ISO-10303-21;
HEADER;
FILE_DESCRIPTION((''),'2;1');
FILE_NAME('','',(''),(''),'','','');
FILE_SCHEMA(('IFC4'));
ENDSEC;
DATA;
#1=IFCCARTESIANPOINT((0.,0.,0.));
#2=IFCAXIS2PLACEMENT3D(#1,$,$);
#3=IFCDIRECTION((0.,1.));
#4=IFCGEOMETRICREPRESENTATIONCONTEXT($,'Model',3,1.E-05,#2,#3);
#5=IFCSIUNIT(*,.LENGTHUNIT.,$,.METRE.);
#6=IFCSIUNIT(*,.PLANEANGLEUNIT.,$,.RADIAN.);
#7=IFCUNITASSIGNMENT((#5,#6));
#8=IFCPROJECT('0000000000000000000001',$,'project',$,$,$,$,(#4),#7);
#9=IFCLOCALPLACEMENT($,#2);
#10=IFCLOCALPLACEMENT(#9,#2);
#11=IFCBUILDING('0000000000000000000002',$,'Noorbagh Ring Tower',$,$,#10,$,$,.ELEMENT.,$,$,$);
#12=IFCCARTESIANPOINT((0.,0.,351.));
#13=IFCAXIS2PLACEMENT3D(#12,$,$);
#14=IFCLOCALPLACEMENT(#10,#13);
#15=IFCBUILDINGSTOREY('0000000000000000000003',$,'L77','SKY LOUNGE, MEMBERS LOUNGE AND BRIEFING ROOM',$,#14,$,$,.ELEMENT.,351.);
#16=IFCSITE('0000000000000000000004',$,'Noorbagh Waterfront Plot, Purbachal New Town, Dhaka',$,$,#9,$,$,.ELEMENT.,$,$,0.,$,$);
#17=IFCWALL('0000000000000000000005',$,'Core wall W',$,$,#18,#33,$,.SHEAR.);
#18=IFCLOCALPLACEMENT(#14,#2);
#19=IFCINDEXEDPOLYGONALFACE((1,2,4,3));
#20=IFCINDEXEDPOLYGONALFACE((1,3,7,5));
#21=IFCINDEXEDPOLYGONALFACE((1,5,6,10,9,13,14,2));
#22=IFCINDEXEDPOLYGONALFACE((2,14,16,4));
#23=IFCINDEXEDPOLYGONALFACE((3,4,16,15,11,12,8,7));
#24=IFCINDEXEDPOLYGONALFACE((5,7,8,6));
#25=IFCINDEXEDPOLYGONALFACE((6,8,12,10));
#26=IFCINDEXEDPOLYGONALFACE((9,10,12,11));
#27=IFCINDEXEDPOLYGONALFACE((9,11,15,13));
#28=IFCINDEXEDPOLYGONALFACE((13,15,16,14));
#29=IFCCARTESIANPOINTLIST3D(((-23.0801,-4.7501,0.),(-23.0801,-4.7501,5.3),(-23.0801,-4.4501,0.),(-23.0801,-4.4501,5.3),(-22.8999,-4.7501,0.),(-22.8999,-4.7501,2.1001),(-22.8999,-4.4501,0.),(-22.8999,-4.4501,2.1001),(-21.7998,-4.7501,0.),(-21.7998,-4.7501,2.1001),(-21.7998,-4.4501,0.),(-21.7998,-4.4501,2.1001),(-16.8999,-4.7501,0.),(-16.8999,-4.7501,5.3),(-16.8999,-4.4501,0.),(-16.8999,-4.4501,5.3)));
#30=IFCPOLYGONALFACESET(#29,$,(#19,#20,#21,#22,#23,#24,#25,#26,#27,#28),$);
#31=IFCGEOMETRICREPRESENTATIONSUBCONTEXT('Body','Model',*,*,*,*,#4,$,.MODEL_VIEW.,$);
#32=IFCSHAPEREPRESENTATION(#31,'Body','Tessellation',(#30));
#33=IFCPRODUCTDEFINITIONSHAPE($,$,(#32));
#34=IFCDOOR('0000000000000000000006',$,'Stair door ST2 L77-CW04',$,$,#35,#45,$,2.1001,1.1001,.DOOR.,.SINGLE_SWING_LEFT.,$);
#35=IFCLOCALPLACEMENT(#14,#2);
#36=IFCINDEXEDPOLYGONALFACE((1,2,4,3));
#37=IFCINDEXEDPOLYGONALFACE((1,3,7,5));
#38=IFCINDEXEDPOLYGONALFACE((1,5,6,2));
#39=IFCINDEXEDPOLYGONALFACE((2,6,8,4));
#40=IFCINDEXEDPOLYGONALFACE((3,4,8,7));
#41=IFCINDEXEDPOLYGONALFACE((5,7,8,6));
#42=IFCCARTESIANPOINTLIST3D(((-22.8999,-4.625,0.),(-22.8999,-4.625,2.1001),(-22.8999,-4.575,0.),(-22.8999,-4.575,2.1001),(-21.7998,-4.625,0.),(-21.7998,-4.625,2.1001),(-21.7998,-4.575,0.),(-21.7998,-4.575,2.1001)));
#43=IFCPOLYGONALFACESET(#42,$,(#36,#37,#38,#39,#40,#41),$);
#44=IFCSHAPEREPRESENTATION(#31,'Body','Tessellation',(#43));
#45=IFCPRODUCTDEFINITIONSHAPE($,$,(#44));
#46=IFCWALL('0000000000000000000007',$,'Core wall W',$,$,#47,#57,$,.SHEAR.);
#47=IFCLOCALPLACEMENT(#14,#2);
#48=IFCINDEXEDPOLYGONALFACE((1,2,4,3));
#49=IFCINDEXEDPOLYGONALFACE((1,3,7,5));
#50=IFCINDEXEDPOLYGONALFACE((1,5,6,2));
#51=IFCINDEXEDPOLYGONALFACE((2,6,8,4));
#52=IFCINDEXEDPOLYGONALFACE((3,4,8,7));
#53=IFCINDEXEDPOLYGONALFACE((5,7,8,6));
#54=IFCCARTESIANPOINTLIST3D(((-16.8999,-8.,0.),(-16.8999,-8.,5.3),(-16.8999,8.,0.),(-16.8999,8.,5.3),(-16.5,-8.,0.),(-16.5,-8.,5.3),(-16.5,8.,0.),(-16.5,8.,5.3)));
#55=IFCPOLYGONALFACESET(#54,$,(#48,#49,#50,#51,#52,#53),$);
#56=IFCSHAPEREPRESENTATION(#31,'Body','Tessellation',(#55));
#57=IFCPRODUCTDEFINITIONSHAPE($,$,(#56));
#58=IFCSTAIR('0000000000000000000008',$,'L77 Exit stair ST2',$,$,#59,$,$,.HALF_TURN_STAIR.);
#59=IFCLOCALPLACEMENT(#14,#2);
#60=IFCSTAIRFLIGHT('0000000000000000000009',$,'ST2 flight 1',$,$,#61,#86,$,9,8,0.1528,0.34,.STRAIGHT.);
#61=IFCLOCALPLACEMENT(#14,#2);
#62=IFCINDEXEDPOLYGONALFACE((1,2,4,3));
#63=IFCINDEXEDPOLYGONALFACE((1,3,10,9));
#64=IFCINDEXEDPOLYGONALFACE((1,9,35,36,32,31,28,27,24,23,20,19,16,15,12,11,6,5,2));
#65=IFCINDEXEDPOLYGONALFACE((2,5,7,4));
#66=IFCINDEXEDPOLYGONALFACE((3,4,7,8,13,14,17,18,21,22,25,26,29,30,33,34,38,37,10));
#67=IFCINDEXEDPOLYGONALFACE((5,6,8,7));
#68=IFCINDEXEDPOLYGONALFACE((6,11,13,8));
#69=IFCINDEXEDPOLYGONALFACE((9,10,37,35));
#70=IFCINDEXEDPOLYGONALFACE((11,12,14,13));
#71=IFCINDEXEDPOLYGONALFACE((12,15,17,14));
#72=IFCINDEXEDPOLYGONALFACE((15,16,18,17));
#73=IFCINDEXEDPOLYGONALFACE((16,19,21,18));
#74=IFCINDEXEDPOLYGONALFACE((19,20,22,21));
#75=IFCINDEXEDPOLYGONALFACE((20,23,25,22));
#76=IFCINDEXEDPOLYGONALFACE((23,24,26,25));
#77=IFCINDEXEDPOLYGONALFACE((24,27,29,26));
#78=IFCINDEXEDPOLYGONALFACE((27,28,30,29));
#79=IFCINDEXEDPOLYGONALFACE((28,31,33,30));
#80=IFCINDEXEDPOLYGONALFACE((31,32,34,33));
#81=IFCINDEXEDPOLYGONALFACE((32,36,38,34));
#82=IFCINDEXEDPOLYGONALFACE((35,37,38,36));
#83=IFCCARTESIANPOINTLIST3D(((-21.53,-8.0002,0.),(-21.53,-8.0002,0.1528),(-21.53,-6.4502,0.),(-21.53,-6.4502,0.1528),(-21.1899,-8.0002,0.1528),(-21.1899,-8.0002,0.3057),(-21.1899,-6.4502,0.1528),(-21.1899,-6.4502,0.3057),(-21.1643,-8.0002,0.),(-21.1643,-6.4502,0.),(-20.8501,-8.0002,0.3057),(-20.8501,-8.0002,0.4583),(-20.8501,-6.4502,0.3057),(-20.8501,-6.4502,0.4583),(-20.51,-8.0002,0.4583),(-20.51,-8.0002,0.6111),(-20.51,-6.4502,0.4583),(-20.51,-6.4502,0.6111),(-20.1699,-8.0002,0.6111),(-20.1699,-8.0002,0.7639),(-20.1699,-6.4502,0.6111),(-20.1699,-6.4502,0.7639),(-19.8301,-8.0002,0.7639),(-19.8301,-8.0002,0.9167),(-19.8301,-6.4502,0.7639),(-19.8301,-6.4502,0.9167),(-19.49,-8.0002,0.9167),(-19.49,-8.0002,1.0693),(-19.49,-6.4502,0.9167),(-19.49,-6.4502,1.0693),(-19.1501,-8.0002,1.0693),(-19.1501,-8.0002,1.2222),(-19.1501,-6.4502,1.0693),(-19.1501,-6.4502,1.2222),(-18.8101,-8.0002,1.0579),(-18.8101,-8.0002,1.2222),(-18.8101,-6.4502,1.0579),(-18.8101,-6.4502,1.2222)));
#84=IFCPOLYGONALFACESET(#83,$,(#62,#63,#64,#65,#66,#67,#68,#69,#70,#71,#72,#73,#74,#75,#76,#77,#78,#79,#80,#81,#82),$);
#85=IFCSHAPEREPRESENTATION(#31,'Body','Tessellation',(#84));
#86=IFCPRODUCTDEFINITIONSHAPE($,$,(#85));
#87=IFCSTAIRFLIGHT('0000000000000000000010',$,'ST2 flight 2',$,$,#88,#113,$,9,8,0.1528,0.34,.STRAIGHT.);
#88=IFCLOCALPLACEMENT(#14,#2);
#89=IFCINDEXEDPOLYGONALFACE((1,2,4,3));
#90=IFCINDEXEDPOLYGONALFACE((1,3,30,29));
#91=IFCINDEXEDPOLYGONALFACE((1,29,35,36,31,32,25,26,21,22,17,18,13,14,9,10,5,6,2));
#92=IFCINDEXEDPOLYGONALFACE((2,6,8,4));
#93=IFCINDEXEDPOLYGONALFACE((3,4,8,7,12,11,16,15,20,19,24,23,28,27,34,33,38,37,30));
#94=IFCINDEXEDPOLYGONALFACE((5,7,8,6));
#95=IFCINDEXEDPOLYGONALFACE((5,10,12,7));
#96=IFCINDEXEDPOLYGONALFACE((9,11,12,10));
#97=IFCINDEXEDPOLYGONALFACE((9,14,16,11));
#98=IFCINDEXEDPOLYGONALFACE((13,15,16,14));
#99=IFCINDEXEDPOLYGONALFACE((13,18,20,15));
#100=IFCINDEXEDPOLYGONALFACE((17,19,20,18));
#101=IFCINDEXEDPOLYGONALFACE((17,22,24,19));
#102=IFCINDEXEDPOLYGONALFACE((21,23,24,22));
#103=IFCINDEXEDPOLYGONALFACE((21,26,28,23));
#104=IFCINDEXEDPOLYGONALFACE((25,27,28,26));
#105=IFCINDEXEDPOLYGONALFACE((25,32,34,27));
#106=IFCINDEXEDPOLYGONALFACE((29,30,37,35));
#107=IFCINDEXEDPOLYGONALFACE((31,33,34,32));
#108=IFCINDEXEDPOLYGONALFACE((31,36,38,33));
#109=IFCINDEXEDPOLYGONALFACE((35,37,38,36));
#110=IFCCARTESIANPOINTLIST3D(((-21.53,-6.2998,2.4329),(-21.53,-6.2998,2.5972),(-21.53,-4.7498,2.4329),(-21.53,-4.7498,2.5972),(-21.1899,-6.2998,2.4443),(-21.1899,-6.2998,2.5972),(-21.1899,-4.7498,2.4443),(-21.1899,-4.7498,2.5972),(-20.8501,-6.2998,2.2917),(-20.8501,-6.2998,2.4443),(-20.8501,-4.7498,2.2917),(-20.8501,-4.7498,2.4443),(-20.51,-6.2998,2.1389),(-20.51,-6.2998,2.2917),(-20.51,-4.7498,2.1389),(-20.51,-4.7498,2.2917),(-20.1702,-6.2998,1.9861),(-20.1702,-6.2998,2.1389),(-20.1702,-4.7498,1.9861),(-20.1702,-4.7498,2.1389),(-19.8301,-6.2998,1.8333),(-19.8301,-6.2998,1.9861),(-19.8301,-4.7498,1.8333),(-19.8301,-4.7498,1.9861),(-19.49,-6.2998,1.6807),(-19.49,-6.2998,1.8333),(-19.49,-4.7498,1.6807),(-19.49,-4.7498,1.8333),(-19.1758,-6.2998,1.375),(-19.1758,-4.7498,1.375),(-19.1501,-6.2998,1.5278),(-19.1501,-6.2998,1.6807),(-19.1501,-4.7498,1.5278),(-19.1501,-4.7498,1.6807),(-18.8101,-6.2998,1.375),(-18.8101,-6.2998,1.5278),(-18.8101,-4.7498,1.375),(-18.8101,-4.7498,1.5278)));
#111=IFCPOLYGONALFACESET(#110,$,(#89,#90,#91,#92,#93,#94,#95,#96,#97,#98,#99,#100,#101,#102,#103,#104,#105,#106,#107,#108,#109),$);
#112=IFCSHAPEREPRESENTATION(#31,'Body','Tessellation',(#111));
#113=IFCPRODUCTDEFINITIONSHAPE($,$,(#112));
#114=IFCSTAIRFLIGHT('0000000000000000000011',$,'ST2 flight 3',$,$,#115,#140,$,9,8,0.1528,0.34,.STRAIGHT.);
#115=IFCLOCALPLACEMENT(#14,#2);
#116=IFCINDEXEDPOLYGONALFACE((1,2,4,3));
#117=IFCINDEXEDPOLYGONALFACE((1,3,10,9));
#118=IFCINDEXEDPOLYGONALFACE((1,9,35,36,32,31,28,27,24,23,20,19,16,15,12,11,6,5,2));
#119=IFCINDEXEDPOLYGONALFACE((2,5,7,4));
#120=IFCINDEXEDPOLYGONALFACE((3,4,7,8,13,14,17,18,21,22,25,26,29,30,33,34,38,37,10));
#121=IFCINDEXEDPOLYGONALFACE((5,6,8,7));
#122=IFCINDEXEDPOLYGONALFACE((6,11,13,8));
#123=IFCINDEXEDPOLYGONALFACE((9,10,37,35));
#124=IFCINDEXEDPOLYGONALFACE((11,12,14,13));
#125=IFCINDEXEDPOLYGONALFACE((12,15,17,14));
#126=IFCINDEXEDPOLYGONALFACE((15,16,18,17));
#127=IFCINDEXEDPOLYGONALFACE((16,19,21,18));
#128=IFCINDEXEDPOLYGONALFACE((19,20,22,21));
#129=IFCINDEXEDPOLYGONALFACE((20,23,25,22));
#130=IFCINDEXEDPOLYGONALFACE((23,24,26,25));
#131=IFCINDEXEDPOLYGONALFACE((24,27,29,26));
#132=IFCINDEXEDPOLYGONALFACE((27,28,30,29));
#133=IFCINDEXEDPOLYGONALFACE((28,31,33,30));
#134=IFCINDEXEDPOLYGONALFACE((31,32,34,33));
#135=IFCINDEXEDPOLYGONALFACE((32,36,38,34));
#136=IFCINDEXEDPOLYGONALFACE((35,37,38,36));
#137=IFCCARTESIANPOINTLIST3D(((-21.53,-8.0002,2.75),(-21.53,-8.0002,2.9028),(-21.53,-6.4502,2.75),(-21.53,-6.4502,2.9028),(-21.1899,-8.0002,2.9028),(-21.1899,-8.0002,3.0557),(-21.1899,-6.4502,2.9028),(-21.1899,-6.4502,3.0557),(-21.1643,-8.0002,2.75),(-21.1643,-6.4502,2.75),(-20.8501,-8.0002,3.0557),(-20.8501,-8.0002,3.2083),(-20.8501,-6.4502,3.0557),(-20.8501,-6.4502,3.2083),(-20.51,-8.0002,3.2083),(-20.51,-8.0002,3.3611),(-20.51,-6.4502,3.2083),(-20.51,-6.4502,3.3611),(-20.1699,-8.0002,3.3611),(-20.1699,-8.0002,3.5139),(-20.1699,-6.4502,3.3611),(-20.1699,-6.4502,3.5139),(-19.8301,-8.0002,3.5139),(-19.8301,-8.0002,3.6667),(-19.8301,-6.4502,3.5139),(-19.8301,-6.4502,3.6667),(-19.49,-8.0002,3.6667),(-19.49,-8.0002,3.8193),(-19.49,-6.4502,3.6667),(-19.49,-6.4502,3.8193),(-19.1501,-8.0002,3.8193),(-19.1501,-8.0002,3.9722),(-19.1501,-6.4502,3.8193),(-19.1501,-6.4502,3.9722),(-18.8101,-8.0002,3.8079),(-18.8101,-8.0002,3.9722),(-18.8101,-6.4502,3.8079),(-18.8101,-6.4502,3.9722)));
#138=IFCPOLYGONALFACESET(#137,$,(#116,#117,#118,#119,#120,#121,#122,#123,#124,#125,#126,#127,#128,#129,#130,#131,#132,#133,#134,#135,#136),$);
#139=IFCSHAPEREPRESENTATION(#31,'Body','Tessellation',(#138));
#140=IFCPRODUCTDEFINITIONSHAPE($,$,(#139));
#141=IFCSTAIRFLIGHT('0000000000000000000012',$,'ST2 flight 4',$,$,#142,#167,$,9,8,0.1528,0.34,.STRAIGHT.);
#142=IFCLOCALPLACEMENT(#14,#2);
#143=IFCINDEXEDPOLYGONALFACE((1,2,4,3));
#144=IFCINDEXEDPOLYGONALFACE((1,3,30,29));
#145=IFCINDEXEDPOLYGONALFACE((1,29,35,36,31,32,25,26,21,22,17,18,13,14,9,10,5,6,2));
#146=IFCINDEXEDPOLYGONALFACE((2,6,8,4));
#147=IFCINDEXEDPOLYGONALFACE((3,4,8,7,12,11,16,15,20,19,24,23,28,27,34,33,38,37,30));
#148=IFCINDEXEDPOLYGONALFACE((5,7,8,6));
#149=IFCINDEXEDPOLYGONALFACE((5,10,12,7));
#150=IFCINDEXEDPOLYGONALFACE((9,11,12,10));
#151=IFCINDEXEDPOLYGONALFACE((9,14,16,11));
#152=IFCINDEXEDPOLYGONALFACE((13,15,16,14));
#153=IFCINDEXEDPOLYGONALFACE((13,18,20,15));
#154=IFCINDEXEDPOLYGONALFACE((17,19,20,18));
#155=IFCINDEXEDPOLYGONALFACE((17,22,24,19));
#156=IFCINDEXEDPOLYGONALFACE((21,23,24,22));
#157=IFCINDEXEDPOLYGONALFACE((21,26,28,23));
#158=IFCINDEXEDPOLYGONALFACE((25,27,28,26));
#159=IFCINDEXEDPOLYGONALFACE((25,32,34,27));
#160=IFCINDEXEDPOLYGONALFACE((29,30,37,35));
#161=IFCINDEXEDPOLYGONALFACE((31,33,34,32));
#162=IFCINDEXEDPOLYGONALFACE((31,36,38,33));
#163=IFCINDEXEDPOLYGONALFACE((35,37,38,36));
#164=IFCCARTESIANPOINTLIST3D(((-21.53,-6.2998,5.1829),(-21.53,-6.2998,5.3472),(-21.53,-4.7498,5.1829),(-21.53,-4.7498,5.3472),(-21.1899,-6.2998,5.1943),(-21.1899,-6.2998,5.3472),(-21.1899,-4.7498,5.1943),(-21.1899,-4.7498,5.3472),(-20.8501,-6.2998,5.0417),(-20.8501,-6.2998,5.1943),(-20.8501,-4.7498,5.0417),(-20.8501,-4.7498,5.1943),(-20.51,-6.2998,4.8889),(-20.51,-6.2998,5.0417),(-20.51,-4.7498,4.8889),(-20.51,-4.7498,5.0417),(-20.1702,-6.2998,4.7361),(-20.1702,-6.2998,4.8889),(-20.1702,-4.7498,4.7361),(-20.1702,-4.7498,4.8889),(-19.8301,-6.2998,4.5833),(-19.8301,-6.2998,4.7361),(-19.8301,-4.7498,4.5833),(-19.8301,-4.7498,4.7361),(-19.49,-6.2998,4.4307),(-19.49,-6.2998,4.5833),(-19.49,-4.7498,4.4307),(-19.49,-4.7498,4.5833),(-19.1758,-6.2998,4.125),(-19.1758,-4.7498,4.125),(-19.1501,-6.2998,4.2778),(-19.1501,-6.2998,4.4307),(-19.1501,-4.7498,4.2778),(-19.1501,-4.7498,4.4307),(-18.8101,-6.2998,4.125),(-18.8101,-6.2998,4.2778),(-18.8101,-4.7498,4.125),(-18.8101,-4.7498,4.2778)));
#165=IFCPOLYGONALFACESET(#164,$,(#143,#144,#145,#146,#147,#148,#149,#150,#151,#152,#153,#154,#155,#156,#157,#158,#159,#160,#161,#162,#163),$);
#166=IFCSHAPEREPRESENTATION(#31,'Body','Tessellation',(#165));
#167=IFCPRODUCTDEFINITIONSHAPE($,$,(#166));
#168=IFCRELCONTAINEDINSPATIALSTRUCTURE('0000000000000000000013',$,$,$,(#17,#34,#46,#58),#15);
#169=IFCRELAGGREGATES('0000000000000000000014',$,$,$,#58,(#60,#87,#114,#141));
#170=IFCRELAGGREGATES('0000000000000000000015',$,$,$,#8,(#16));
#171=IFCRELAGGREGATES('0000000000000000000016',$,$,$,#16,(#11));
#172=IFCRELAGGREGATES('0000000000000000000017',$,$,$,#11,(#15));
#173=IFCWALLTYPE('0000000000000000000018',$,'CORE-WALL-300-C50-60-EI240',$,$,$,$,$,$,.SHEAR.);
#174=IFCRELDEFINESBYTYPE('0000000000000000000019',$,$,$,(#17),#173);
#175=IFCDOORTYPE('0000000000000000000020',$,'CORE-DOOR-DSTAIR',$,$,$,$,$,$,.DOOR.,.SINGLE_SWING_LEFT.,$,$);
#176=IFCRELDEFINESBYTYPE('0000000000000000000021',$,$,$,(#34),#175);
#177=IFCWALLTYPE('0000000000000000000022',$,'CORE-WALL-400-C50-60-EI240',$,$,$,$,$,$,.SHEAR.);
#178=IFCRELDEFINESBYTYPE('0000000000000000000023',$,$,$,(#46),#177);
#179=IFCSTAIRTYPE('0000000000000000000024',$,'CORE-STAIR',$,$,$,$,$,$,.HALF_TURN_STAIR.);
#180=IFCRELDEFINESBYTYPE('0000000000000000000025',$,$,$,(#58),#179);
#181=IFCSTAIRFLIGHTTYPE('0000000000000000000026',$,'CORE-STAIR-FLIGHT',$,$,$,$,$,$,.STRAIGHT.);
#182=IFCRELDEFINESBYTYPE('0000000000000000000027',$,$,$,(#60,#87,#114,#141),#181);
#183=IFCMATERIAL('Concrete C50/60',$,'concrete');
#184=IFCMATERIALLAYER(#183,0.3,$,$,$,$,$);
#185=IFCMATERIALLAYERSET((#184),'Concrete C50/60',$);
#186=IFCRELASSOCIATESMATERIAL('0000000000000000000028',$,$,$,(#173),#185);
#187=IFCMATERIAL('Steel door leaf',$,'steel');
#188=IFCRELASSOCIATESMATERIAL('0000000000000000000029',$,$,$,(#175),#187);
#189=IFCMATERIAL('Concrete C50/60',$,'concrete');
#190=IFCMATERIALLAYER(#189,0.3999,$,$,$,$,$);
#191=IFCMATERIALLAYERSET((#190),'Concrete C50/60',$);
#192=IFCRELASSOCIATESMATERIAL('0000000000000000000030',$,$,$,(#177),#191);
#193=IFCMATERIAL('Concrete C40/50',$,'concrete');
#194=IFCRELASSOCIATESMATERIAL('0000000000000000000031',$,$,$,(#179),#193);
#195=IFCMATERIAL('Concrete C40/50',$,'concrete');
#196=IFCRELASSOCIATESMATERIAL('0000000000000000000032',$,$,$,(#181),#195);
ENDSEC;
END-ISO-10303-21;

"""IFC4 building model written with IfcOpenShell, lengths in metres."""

from ifc_helpers import new_model, si_unit, direction, frame, frame_2d, origin, place, context, subcontext, project, spatial, polyline, rectangle, outline, extrude, material, layer, layer_set, type_object, element, fill, aggregate, save


model = new_model("IFC4")

# Units and contexts
model_context = context("Model", 3, precision=1e-05, world=origin(), true_north=direction((0.0, 1.0)))
body_context = subcontext(model_context, "Body", "Model", "MODEL_VIEW")
ifc_project = project(units=[si_unit("LENGTHUNIT", "METRE"), si_unit("PLANEANGLEUNIT", "RADIAN")], contexts=[model_context])

# Site, building, storey
site_placement = place(None, origin())
site = spatial("IfcSite", under=ifc_project, at=site_placement, Name="Noorbagh Waterfront Plot, Purbachal New Town, Dhaka", CompositionType="ELEMENT", RefElevation=0.0)
building_placement = place(site_placement, origin())
building = spatial("IfcBuilding", under=site, at=building_placement, Name="Noorbagh Ring Tower", CompositionType="ELEMENT")
storey_placement = place(building_placement, frame((0.0, 0.0, 351.0)))
storey = spatial("IfcBuildingStorey", under=building, at=storey_placement, Name="L77", Description="SKY LOUNGE, MEMBERS LOUNGE AND BRIEFING ROOM", CompositionType="ELEMENT", Elevation=351.0)

# Wall, opening, door
ifc_material_1 = material(Name="Concrete C50/60", Category="concrete")
ifc_layer_1 = layer(ifc_material_1, 0.3)
ifc_layer_set_1 = layer_set([ifc_layer_1], Name="Concrete C50/60")
wall_type_1 = type_object("IfcWallType", Name="CORE-WALL-300-C50-60-EI240", PredefinedType="SHEAR", material=ifc_layer_set_1)
wall_1_placement = place(storey_placement, frame((-16.8999, -4.6001, 0.0), z_axis=(0.0, 0.0, 1.0), x_axis=(-1.0, 0.0, 0.0)))
wall_1 = element("IfcWall", 1, at=wall_1_placement, inside=storey, type_object=wall_type_1, Name="Core wall W", PredefinedType="SHEAR", context=body_context, shape_type="SweptSolid", body=[
    extrude(rectangle(XDim=6.1802, YDim=0.3, at=frame_2d((3.0901, 0.0))), origin(), (0.0, 0.0, 1.0), 5.3),
])
opening_1_placement = place(wall_1_placement, frame((4.8999, 0.0, 0.0)))
opening_1 = element("IfcOpeningElement", 2, at=opening_1_placement, cuts=wall_1, PredefinedType="OPENING", context=body_context, shape_type="SweptSolid", body=[
    extrude(rectangle(XDim=1.1001, YDim=2.1001, at=frame_2d((0.55, 1.05))), frame((0.0, 0.1602, 0.0), z_axis=(0.0, -1.0, 0.0), x_axis=(1.0, 0.0, 0.0)), (0.0, 0.0, 1.0), 0.3201),
])
ifc_material_2 = material(Name="Steel door leaf", Category="steel")
door_type_1 = type_object("IfcDoorType", Name="CORE-DOOR-DSTAIR", OperationType="SINGLE_SWING_LEFT", PredefinedType="DOOR", material=ifc_material_2)
door_1_placement = place(opening_1_placement, origin())
door_1 = element("IfcDoor", 3, at=door_1_placement, inside=storey, type_object=door_type_1, Name="Stair door ST2 L77-CW04", OperationType="SINGLE_SWING_LEFT", OverallHeight=2.1001, OverallWidth=1.1001, PredefinedType="DOOR", context=body_context, shape_type="SweptSolid", body=[
    extrude(rectangle(XDim=1.1001, YDim=2.1001, at=frame_2d((0.55, 1.05))), frame((0.0, 0.0249, 0.0), z_axis=(0.0, -1.0, 0.0), x_axis=(1.0, 0.0, 0.0)), (0.0, 0.0, 1.0), 0.05),
])
fill(opening_1, door_1)

# Wall
ifc_material_3 = material(Name="Concrete C50/60", Category="concrete")
ifc_layer_2 = layer(ifc_material_3, 0.3999)
ifc_layer_set_2 = layer_set([ifc_layer_2], Name="Concrete C50/60")
wall_type_2 = type_object("IfcWallType", Name="CORE-WALL-400-C50-60-EI240", PredefinedType="SHEAR", material=ifc_layer_set_2)
wall_2_placement = place(storey_placement, frame((-16.7, -8.0, 0.0), z_axis=(0.0, 0.0, 1.0), x_axis=(0.0, 1.0, 0.0)))
element("IfcWall", 4, at=wall_2_placement, inside=storey, type_object=wall_type_2, Name="Core wall W", PredefinedType="SHEAR", context=body_context, shape_type="SweptSolid", body=[
    extrude(rectangle(XDim=16.0, YDim=0.3999, at=frame_2d((8.0, 0.0))), origin(), (0.0, 0.0, 1.0), 5.3),
])

# Stair, stair flights
ifc_material_4 = material(Name="Concrete C40/50", Category="concrete")
stair_type = type_object("IfcStairType", Name="CORE-STAIR", PredefinedType="HALF_TURN_STAIR", material=ifc_material_4)
stair_placement = place(storey_placement, origin())
stair = element("IfcStair", 5, at=stair_placement, inside=storey, type_object=stair_type, Name="L77 Exit stair ST2", PredefinedType="HALF_TURN_STAIR")
ifc_material_5 = material(Name="Concrete C40/50", Category="concrete")
stair_flight_type = type_object("IfcStairFlightType", Name="CORE-STAIR-FLIGHT", PredefinedType="STRAIGHT", material=ifc_material_5)
stair_flight_1_placement = place(storey_placement, frame((-21.53, -7.2251, 0.0), z_axis=(0.0, 0.0, 1.0), x_axis=(1.0, 0.0, 0.0)))
stair_flight_1 = element("IfcStairFlight", 6, at=stair_flight_1_placement, type_object=stair_flight_type, Name="ST2 flight 1", NumberOfRisers=9, NumberOfTreads=8, PredefinedType="STRAIGHT", RiserHeight=0.1528, TreadLength=0.34, context=body_context, shape_type="SweptSolid", body=[
    extrude(outline(polyline([(0.0, 0.0), (0.0, 0.1528), (0.3401, 0.1528), (0.3401, 0.3057), (0.6799, 0.3057), (0.6799, 0.4583), (1.02, 0.4583), (1.02, 0.6111), (1.3601, 0.6111), (1.3601, 0.7639), (1.7, 0.7639), (1.7, 0.9167), (2.04, 0.9167), (2.04, 1.0693), (2.3799, 1.0693), (2.3799, 1.2222), (2.72, 1.2222), (2.72, 1.375), (2.72, 1.0579), (0.3657, 0.0), (0.0, 0.0)])), frame((0.0, 0.7749, 0.0), z_axis=(0.0, -1.0, 0.0), x_axis=(1.0, 0.0, 0.0)), (0.0, 0.0, 1.0), 1.55),
])
stair_flight_2_placement = place(storey_placement, frame((-18.8101, -5.5249, 1.375), z_axis=(0.0, 0.0, 1.0), x_axis=(-1.0, 0.0, 0.0)))
stair_flight_2 = element("IfcStairFlight", 7, at=stair_flight_2_placement, type_object=stair_flight_type, Name="ST2 flight 2", NumberOfRisers=9, NumberOfTreads=8, PredefinedType="STRAIGHT", RiserHeight=0.1528, TreadLength=0.34, context=body_context, shape_type="SweptSolid", body=[
    extrude(outline(polyline([(0.0, 0.0), (0.0, 0.1528), (0.3401, 0.1528), (0.3401, 0.3057), (0.6799, 0.3057), (0.6799, 0.4583), (1.02, 0.4583), (1.02, 0.6111), (1.3601, 0.6111), (1.3601, 0.7639), (1.7, 0.7639), (1.7, 0.9167), (2.04, 0.9167), (2.04, 1.0693), (2.3799, 1.0693), (2.3799, 1.2222), (2.72, 1.2222), (2.72, 1.375), (2.72, 1.0579), (0.3657, 0.0), (0.0, 0.0)])), frame((0.0, 0.7749, 0.0), z_axis=(0.0, -1.0, 0.0), x_axis=(1.0, 0.0, 0.0)), (0.0, 0.0, 1.0), 1.55),
])
stair_flight_3_placement = place(storey_placement, frame((-21.53, -7.2251, 2.75), z_axis=(0.0, 0.0, 1.0), x_axis=(1.0, 0.0, 0.0)))
stair_flight_3 = element("IfcStairFlight", 8, at=stair_flight_3_placement, type_object=stair_flight_type, Name="ST2 flight 3", NumberOfRisers=9, NumberOfTreads=8, PredefinedType="STRAIGHT", RiserHeight=0.1528, TreadLength=0.34, context=body_context, shape_type="SweptSolid", body=[
    extrude(outline(polyline([(0.0, 0.0), (0.0, 0.1528), (0.3401, 0.1528), (0.3401, 0.3057), (0.6799, 0.3057), (0.6799, 0.4583), (1.02, 0.4583), (1.02, 0.6111), (1.3601, 0.6111), (1.3601, 0.7639), (1.7, 0.7639), (1.7, 0.9167), (2.04, 0.9167), (2.04, 1.0693), (2.3799, 1.0693), (2.3799, 1.2222), (2.72, 1.2222), (2.72, 1.375), (2.72, 1.0579), (0.3657, 0.0), (0.0, 0.0)])), frame((0.0, 0.7749, 0.0), z_axis=(0.0, -1.0, 0.0), x_axis=(1.0, 0.0, 0.0)), (0.0, 0.0, 1.0), 1.55),
])
stair_flight_4_placement = place(storey_placement, frame((-18.8101, -5.5249, 4.125), z_axis=(0.0, 0.0, 1.0), x_axis=(-1.0, 0.0, 0.0)))
stair_flight_4 = element("IfcStairFlight", 9, at=stair_flight_4_placement, type_object=stair_flight_type, Name="ST2 flight 4", NumberOfRisers=9, NumberOfTreads=8, PredefinedType="STRAIGHT", RiserHeight=0.1528, TreadLength=0.34, context=body_context, shape_type="SweptSolid", body=[
    extrude(outline(polyline([(0.0, 0.0), (0.0, 0.1528), (0.3401, 0.1528), (0.3401, 0.3057), (0.6799, 0.3057), (0.6799, 0.4583), (1.02, 0.4583), (1.02, 0.6111), (1.3601, 0.6111), (1.3601, 0.7639), (1.7, 0.7639), (1.7, 0.9167), (2.04, 0.9167), (2.04, 1.0693), (2.3799, 1.0693), (2.3799, 1.2222), (2.72, 1.2222), (2.72, 1.375), (2.72, 1.0579), (0.3657, 0.0), (0.0, 0.0)])), frame((0.0, 0.7749, 0.0), z_axis=(0.0, -1.0, 0.0), x_axis=(1.0, 0.0, 0.0)), (0.0, 0.0, 1.0), 1.55),
])
aggregate(stair, [stair_flight_1, stair_flight_2, stair_flight_3, stair_flight_4])

save(model, "model.ifc")
